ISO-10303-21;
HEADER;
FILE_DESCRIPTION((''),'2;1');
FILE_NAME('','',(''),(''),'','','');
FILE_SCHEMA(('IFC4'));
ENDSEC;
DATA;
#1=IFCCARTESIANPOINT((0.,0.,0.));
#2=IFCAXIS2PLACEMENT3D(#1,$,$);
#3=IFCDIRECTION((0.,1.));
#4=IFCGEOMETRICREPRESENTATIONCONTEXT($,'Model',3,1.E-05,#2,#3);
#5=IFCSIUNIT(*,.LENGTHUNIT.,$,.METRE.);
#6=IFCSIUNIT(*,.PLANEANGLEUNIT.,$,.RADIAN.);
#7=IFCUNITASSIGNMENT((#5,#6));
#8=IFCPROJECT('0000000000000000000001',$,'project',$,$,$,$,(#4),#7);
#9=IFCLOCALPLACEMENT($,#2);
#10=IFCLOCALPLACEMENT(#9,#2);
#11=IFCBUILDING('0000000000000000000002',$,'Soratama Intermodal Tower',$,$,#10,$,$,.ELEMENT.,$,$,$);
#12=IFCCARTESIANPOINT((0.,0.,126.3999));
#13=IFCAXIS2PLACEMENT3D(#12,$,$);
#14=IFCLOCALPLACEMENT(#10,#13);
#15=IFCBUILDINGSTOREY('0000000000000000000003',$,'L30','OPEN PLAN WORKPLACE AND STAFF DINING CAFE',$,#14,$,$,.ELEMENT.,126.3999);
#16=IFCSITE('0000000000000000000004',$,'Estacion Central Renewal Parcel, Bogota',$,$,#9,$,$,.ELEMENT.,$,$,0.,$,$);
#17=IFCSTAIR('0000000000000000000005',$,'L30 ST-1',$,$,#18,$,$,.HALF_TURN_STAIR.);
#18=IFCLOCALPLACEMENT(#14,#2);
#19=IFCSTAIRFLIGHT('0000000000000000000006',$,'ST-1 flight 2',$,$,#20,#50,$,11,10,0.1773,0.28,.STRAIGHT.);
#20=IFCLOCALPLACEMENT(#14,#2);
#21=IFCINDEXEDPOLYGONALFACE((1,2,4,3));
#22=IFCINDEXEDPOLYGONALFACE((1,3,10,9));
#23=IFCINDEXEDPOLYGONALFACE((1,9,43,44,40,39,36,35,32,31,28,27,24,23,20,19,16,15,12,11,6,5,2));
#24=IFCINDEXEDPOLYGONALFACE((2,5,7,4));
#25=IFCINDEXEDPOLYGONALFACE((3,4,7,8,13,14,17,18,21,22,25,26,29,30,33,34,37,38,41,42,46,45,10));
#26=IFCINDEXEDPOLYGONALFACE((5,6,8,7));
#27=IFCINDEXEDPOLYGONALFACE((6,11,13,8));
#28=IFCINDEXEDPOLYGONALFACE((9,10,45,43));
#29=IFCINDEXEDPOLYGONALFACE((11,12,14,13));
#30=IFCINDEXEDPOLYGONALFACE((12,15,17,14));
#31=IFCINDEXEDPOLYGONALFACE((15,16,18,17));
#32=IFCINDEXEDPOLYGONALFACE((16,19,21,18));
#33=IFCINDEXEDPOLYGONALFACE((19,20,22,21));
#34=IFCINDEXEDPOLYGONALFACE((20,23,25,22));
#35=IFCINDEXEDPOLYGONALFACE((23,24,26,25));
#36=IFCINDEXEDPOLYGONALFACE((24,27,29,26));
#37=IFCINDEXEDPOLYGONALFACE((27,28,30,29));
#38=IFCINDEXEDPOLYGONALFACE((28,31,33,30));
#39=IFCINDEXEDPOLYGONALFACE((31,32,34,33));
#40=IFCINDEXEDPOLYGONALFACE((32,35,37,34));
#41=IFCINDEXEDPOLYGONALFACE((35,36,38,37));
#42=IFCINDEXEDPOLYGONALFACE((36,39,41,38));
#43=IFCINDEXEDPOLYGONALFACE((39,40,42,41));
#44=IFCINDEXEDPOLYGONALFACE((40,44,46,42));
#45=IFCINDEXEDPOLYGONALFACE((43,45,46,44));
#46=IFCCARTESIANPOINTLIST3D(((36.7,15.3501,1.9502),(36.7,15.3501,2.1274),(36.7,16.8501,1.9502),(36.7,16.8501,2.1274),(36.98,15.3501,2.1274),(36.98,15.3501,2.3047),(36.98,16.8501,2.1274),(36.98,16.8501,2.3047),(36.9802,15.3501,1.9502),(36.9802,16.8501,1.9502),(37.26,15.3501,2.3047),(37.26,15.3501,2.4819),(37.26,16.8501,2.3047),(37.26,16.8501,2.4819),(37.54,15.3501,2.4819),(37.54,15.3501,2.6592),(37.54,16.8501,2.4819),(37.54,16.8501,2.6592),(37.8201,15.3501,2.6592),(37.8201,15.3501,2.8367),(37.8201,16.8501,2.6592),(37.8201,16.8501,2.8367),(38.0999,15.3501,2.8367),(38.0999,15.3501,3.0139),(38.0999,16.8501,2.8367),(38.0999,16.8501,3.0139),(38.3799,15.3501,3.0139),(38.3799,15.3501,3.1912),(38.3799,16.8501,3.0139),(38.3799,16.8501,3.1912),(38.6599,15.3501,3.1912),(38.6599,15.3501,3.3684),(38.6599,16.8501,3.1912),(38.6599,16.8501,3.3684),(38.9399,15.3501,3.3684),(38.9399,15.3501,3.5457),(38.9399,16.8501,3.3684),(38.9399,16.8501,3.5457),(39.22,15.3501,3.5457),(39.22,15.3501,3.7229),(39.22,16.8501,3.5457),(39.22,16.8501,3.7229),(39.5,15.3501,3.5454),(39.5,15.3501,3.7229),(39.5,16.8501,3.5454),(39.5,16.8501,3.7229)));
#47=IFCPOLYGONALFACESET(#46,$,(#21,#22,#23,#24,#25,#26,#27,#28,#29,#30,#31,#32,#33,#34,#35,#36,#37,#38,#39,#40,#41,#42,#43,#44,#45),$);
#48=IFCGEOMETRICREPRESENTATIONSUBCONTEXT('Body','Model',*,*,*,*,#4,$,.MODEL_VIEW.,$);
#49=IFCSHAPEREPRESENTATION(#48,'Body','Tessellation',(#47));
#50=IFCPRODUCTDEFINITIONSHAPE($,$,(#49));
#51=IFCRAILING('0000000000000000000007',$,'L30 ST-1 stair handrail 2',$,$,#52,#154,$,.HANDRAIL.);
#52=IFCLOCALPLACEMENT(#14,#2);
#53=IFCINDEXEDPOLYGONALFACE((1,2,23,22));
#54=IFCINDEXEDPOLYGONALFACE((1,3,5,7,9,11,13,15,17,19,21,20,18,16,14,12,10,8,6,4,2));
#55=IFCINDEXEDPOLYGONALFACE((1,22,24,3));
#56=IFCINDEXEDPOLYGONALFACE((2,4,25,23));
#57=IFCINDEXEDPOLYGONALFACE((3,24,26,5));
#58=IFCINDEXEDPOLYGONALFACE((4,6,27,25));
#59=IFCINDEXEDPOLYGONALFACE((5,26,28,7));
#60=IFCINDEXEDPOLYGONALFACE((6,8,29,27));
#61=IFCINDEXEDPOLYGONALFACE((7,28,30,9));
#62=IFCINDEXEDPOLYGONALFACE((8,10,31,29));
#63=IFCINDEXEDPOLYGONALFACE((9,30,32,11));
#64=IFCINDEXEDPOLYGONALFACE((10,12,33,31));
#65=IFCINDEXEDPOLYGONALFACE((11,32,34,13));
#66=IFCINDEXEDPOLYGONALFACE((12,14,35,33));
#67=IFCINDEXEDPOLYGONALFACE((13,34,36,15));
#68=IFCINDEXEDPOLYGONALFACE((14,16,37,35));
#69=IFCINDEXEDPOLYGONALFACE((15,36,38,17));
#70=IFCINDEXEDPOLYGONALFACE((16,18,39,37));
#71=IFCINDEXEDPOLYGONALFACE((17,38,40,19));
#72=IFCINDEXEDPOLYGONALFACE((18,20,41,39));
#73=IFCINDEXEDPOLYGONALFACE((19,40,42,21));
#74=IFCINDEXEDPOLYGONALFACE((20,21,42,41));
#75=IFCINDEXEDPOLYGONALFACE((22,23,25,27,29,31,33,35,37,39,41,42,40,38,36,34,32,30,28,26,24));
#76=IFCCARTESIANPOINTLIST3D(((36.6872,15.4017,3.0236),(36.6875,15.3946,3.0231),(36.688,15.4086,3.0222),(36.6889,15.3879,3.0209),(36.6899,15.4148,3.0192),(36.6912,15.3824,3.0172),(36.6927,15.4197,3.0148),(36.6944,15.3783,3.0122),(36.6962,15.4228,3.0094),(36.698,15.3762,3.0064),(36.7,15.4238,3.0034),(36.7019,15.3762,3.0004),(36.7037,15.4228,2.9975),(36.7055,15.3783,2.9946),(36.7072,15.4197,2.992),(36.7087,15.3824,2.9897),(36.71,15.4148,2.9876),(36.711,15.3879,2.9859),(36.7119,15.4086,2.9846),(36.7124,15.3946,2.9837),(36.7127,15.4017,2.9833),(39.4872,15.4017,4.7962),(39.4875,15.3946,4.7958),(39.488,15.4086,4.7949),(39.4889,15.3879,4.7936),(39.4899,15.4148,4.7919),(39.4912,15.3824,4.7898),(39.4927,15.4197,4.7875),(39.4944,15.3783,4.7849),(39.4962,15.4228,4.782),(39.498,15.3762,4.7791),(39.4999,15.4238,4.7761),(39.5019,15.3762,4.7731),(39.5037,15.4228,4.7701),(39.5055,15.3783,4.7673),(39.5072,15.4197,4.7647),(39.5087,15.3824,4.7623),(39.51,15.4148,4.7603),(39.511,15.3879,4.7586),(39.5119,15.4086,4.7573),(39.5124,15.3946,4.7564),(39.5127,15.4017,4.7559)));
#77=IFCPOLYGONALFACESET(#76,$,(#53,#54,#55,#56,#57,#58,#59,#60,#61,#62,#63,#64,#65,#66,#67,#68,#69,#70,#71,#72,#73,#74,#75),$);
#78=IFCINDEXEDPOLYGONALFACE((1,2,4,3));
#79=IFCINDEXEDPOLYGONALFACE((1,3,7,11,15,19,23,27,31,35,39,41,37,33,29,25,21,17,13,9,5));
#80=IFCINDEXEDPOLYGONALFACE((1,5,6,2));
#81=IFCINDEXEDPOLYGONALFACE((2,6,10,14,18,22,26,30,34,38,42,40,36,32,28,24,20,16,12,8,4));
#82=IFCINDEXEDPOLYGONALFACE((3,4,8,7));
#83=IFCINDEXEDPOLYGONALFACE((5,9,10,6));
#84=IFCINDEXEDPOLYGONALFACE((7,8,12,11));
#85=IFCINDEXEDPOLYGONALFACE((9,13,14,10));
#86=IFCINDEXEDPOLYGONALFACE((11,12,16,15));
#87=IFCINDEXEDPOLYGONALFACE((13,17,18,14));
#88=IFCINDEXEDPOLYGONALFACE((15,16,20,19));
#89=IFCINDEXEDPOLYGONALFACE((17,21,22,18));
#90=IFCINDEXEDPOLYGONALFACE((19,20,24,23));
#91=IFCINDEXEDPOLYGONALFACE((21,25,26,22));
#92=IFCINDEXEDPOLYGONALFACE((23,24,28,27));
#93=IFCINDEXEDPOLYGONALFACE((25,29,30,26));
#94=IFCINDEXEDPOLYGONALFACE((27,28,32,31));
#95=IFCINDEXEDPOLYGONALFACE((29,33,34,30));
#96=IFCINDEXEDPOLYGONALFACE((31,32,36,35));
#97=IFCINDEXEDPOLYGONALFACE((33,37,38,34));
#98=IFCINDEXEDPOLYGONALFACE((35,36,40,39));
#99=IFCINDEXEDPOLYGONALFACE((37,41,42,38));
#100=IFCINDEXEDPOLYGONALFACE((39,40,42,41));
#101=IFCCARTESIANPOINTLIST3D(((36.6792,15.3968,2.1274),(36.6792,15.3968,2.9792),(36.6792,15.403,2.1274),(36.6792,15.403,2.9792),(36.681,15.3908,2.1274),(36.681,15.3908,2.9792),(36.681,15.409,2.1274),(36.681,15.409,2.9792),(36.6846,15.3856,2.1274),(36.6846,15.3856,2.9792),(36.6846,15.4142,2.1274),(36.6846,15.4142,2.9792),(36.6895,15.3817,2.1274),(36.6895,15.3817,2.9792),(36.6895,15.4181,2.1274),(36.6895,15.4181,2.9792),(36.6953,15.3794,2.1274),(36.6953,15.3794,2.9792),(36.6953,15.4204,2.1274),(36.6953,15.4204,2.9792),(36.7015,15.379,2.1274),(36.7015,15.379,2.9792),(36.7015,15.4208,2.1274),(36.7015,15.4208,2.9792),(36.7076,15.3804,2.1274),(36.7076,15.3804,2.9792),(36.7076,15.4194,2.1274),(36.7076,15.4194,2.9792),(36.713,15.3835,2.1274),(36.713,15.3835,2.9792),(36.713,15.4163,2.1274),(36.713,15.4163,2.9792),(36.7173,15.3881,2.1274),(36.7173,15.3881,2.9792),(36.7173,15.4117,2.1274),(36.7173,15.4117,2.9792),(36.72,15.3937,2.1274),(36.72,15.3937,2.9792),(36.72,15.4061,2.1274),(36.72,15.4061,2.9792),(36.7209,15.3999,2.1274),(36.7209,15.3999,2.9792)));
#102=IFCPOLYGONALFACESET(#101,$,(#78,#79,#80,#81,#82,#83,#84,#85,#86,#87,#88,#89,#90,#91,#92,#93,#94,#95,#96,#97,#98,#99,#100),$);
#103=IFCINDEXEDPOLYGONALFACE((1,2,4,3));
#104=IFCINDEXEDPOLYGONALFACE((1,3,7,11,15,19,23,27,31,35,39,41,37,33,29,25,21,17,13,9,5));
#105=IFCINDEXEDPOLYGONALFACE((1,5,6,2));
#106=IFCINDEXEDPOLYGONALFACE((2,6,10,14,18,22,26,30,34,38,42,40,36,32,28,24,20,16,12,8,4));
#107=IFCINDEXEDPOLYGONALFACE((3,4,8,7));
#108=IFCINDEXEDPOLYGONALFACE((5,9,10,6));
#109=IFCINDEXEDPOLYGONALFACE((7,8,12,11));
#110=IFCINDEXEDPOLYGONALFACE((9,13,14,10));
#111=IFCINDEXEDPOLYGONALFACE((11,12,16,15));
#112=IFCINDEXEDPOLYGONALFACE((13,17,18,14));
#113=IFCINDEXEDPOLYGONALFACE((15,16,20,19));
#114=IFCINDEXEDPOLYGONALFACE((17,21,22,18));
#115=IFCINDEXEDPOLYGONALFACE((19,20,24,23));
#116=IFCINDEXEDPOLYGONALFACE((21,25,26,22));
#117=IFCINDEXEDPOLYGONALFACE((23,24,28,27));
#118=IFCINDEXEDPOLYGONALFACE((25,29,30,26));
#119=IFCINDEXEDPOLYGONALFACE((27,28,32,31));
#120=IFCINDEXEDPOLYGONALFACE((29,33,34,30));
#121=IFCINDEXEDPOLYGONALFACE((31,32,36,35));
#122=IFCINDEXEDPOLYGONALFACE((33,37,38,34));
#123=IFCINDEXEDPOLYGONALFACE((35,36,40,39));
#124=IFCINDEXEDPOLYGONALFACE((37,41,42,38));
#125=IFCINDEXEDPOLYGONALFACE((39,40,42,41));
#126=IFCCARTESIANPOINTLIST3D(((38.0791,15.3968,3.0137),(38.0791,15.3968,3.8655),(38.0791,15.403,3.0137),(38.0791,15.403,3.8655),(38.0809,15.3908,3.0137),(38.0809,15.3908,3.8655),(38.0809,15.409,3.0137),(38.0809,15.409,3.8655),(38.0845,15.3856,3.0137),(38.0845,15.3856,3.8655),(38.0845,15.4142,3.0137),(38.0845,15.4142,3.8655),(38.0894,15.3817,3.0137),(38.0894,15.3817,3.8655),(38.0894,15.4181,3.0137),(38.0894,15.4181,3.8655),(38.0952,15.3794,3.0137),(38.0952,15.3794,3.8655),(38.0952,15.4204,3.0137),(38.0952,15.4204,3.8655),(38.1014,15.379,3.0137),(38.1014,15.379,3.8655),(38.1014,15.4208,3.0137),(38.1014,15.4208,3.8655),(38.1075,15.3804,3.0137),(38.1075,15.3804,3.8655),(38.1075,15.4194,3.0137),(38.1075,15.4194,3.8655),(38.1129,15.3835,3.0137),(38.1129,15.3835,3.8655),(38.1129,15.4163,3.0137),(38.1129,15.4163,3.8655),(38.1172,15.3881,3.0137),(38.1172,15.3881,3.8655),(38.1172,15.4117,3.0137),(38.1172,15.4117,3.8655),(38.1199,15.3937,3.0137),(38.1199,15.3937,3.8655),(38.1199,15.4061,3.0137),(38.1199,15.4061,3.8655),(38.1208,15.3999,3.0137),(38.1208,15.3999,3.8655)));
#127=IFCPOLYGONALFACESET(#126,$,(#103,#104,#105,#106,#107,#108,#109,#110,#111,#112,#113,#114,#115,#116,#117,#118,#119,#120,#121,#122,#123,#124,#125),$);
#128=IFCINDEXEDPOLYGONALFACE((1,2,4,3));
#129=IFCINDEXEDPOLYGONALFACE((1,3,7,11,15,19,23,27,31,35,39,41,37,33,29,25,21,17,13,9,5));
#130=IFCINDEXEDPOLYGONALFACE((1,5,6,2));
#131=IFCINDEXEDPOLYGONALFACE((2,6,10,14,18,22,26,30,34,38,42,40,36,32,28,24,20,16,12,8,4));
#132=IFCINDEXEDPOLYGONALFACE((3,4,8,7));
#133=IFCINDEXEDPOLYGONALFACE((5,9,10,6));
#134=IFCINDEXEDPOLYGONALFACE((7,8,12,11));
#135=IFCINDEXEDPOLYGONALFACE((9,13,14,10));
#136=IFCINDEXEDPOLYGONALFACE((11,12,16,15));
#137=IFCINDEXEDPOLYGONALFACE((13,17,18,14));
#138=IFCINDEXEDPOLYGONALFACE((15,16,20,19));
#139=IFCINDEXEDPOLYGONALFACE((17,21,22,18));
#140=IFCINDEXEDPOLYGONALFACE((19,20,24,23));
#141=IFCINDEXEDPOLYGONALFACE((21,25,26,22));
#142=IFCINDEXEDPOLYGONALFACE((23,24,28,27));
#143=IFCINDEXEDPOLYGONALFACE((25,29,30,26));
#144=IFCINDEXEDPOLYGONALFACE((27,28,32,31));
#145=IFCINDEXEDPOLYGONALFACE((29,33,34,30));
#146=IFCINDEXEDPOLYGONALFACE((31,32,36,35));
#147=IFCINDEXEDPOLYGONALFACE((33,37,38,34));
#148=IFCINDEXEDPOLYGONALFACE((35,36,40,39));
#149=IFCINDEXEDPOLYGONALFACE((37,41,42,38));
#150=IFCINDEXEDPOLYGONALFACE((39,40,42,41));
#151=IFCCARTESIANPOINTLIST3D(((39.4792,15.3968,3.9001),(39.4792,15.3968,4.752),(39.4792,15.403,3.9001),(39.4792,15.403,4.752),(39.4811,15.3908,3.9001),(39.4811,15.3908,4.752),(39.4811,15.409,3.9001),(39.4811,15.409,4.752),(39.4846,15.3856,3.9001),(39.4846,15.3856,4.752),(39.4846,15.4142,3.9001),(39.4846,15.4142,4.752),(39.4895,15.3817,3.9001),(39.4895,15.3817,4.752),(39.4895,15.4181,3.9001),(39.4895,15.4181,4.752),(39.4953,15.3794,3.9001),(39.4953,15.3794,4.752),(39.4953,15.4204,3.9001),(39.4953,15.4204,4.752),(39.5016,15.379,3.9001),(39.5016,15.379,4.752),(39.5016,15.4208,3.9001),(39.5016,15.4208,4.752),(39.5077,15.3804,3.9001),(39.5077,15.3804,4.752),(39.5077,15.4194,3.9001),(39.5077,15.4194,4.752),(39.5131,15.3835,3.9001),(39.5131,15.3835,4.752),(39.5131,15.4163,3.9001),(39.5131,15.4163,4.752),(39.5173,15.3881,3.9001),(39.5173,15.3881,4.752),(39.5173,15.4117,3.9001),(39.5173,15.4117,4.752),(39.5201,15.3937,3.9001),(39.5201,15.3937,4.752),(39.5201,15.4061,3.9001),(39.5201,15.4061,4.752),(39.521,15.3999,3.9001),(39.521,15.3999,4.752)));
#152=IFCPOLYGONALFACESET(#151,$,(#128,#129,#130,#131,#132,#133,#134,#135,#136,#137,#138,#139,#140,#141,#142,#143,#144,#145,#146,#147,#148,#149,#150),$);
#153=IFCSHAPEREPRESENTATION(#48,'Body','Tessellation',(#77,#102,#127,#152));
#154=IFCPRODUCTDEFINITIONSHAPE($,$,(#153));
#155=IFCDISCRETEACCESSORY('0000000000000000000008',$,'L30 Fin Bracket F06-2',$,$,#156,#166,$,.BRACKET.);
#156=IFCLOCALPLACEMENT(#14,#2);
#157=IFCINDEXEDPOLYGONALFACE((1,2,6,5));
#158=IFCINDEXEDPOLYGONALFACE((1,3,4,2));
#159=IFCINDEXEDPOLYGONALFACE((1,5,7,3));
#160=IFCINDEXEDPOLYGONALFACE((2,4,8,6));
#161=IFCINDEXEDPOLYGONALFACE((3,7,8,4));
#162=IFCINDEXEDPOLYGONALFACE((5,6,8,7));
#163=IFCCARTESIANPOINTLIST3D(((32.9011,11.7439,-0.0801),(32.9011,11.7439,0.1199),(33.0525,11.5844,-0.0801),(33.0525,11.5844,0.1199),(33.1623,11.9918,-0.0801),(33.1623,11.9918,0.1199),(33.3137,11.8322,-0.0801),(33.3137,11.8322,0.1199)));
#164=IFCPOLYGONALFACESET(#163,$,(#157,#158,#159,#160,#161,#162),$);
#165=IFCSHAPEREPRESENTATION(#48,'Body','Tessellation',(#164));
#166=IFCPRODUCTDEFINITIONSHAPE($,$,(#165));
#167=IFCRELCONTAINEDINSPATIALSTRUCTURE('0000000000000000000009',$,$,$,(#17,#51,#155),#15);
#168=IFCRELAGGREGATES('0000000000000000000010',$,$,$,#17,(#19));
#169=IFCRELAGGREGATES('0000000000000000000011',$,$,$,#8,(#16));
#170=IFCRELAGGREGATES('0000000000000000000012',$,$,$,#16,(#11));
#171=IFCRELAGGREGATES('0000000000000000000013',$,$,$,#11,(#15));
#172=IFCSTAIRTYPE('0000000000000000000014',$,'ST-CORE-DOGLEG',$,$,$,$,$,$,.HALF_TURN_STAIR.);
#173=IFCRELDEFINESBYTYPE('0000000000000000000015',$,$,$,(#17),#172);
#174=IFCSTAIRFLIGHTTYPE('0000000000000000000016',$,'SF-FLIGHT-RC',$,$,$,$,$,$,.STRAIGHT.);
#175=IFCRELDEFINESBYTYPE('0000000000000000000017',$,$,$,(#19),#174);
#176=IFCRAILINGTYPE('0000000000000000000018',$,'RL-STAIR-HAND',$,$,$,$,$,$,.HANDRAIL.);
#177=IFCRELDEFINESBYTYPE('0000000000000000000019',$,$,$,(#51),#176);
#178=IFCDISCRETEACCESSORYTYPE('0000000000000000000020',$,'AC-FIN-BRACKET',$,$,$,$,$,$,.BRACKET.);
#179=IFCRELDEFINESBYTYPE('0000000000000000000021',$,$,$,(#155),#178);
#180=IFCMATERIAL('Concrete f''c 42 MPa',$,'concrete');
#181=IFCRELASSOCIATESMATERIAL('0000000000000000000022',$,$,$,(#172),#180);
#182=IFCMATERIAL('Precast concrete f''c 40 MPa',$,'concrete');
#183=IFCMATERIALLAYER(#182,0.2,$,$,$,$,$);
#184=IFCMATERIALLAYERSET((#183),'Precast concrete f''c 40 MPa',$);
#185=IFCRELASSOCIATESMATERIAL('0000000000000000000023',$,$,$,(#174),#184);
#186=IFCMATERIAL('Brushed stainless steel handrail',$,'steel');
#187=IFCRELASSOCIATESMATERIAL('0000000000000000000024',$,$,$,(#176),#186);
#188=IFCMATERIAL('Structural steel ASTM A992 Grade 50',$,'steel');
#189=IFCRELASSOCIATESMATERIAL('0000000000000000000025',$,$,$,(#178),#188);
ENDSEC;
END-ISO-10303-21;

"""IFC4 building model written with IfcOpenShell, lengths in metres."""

from ifc_helpers import new_model, si_unit, direction, frame, origin, origin_2d, place, context, subcontext, project, spatial, polyline, rectangle, circle, outline, extrude, material, layer, layer_set, type_object, element, aggregate, save


model = new_model("IFC4")

# Units and contexts
model_context = context("Model", 3, precision=1e-05, world=origin(), true_north=direction((0.0, 1.0)))
body_context = subcontext(model_context, "Body", "Model", "MODEL_VIEW")
ifc_project = project(units=[si_unit("LENGTHUNIT", "METRE"), si_unit("PLANEANGLEUNIT", "RADIAN")], contexts=[model_context])

# Site, building, storey
site_placement = place(None, origin())
site = spatial("IfcSite", under=ifc_project, at=site_placement, Name="Estacion Central Renewal Parcel, Bogota", CompositionType="ELEMENT", RefElevation=0.0)
building_placement = place(site_placement, origin())
building = spatial("IfcBuilding", under=site, at=building_placement, Name="Soratama Intermodal Tower", CompositionType="ELEMENT")
storey_placement = place(building_placement, frame((0.0, 0.0, 126.3999)))
storey = spatial("IfcBuildingStorey", under=building, at=storey_placement, Name="L30", Description="OPEN PLAN WORKPLACE AND STAFF DINING CAFE", CompositionType="ELEMENT", Elevation=126.3999)

# Stair, stair flight
ifc_material_1 = material(Name="Concrete f'c 42 MPa", Category="concrete")
stair_type = type_object("IfcStairType", Name="ST-CORE-DOGLEG", PredefinedType="HALF_TURN_STAIR", material=ifc_material_1)
stair_placement = place(storey_placement, origin())
stair = element("IfcStair", 1, at=stair_placement, inside=storey, type_object=stair_type, Name="L30 ST-1", PredefinedType="HALF_TURN_STAIR")
ifc_material_2 = material(Name="Precast concrete f'c 40 MPa", Category="concrete")
ifc_layer_1 = layer(ifc_material_2, 0.2)
ifc_layer_set_1 = layer_set([ifc_layer_1], Name="Precast concrete f'c 40 MPa")
stair_flight_type = type_object("IfcStairFlightType", Name="SF-FLIGHT-RC", PredefinedType="STRAIGHT", material=ifc_layer_set_1)
stair_flight_placement = place(storey_placement, frame((36.7, 16.1001, 1.9502), z_axis=(0.0, 0.0, 1.0), x_axis=(1.0, 0.0, 0.0)))
stair_flight = element("IfcStairFlight", 2, at=stair_flight_placement, type_object=stair_flight_type, Name="ST-1 flight 2", NumberOfRisers=11, NumberOfTreads=10, PredefinedType="STRAIGHT", RiserHeight=0.1773, TreadLength=0.28, context=body_context, shape_type="SweptSolid", body=[
    extrude(outline(polyline([(0.0, 0.0), (0.0, 0.1772), (0.28, 0.1772), (0.28, 0.3545), (0.5601, 0.3545), (0.5601, 0.5317), (0.8401, 0.5317), (0.8401, 0.709), (1.1201, 0.709), (1.1201, 0.8865), (1.3999, 0.8865), (1.3999, 1.0637), (1.6799, 1.0637), (1.6799, 1.241), (1.96, 1.241), (1.96, 1.4182), (2.24, 1.4182), (2.24, 1.5955), (2.52, 1.5955), (2.52, 1.7727), (2.8, 1.7727), (2.8, 1.95), (2.8, 1.5952), (0.2803, 0.0), (0.0, 0.0)])), frame((0.0, 0.75, 0.0), z_axis=(0.0, -1.0, 0.0), x_axis=(1.0, 0.0, 0.0)), (0.0, 0.0, 1.0), 1.5),
])
aggregate(stair, [stair_flight])

# Railing
ifc_material_3 = material(Name="Brushed stainless steel handrail", Category="steel")
railing_type = type_object("IfcRailingType", Name="RL-STAIR-HAND", PredefinedType="HANDRAIL", material=ifc_material_3)
railing_placement = place(storey_placement, frame((36.7, 15.3999, 2.1274)))
element("IfcRailing", 3, at=railing_placement, inside=storey, type_object=railing_type, Name="L30 ST-1 stair handrail 2", PredefinedType="HANDRAIL", context=body_context, shape_type="SweptSolid", body=[
    extrude(circle(Radius=0.0239, at=origin_2d()), frame((0.0, 0.0, 0.876), z_axis=(0.844909, 0.0, 0.53491), x_axis=(0.0, 1.0, 0.0)), (0.0, 0.0, 1.0), 3.314),
    extrude(circle(Radius=0.021, at=origin_2d()), origin(), (0.0, 0.0, 1.0), 0.8518),
    extrude(circle(Radius=0.021, at=origin_2d()), frame((1.3999, 0.0, 0.8862)), (0.0, 0.0, 1.0), 0.8518),
    extrude(circle(Radius=0.021, at=origin_2d()), frame((2.8, 0.0, 1.7727)), (0.0, 0.0, 1.0), 0.8518),
])

# Discrete accessory
ifc_material_4 = material(Name="Structural steel ASTM A992 Grade 50", Category="steel")
discrete_accessory_type = type_object("IfcDiscreteAccessoryType", Name="AC-FIN-BRACKET", PredefinedType="BRACKET", material=ifc_material_4)
discrete_accessory_placement = place(storey_placement, frame((33.1074, 11.7881, -0.0801), z_axis=(0.0, 0.0, 1.0), x_axis=(-0.725374, -0.688355, 0.0)))
element("IfcDiscreteAccessory", 4, at=discrete_accessory_placement, inside=storey, type_object=discrete_accessory_type, Name="L30 Fin Bracket F06-2", PredefinedType="BRACKET", context=body_context, shape_type="SweptSolid", body=[
    extrude(rectangle(XDim=0.3601, YDim=0.22, at=origin_2d()), origin(), (0.0, 0.0, 1.0), 0.2),
])

save(model, "model.ifc")
